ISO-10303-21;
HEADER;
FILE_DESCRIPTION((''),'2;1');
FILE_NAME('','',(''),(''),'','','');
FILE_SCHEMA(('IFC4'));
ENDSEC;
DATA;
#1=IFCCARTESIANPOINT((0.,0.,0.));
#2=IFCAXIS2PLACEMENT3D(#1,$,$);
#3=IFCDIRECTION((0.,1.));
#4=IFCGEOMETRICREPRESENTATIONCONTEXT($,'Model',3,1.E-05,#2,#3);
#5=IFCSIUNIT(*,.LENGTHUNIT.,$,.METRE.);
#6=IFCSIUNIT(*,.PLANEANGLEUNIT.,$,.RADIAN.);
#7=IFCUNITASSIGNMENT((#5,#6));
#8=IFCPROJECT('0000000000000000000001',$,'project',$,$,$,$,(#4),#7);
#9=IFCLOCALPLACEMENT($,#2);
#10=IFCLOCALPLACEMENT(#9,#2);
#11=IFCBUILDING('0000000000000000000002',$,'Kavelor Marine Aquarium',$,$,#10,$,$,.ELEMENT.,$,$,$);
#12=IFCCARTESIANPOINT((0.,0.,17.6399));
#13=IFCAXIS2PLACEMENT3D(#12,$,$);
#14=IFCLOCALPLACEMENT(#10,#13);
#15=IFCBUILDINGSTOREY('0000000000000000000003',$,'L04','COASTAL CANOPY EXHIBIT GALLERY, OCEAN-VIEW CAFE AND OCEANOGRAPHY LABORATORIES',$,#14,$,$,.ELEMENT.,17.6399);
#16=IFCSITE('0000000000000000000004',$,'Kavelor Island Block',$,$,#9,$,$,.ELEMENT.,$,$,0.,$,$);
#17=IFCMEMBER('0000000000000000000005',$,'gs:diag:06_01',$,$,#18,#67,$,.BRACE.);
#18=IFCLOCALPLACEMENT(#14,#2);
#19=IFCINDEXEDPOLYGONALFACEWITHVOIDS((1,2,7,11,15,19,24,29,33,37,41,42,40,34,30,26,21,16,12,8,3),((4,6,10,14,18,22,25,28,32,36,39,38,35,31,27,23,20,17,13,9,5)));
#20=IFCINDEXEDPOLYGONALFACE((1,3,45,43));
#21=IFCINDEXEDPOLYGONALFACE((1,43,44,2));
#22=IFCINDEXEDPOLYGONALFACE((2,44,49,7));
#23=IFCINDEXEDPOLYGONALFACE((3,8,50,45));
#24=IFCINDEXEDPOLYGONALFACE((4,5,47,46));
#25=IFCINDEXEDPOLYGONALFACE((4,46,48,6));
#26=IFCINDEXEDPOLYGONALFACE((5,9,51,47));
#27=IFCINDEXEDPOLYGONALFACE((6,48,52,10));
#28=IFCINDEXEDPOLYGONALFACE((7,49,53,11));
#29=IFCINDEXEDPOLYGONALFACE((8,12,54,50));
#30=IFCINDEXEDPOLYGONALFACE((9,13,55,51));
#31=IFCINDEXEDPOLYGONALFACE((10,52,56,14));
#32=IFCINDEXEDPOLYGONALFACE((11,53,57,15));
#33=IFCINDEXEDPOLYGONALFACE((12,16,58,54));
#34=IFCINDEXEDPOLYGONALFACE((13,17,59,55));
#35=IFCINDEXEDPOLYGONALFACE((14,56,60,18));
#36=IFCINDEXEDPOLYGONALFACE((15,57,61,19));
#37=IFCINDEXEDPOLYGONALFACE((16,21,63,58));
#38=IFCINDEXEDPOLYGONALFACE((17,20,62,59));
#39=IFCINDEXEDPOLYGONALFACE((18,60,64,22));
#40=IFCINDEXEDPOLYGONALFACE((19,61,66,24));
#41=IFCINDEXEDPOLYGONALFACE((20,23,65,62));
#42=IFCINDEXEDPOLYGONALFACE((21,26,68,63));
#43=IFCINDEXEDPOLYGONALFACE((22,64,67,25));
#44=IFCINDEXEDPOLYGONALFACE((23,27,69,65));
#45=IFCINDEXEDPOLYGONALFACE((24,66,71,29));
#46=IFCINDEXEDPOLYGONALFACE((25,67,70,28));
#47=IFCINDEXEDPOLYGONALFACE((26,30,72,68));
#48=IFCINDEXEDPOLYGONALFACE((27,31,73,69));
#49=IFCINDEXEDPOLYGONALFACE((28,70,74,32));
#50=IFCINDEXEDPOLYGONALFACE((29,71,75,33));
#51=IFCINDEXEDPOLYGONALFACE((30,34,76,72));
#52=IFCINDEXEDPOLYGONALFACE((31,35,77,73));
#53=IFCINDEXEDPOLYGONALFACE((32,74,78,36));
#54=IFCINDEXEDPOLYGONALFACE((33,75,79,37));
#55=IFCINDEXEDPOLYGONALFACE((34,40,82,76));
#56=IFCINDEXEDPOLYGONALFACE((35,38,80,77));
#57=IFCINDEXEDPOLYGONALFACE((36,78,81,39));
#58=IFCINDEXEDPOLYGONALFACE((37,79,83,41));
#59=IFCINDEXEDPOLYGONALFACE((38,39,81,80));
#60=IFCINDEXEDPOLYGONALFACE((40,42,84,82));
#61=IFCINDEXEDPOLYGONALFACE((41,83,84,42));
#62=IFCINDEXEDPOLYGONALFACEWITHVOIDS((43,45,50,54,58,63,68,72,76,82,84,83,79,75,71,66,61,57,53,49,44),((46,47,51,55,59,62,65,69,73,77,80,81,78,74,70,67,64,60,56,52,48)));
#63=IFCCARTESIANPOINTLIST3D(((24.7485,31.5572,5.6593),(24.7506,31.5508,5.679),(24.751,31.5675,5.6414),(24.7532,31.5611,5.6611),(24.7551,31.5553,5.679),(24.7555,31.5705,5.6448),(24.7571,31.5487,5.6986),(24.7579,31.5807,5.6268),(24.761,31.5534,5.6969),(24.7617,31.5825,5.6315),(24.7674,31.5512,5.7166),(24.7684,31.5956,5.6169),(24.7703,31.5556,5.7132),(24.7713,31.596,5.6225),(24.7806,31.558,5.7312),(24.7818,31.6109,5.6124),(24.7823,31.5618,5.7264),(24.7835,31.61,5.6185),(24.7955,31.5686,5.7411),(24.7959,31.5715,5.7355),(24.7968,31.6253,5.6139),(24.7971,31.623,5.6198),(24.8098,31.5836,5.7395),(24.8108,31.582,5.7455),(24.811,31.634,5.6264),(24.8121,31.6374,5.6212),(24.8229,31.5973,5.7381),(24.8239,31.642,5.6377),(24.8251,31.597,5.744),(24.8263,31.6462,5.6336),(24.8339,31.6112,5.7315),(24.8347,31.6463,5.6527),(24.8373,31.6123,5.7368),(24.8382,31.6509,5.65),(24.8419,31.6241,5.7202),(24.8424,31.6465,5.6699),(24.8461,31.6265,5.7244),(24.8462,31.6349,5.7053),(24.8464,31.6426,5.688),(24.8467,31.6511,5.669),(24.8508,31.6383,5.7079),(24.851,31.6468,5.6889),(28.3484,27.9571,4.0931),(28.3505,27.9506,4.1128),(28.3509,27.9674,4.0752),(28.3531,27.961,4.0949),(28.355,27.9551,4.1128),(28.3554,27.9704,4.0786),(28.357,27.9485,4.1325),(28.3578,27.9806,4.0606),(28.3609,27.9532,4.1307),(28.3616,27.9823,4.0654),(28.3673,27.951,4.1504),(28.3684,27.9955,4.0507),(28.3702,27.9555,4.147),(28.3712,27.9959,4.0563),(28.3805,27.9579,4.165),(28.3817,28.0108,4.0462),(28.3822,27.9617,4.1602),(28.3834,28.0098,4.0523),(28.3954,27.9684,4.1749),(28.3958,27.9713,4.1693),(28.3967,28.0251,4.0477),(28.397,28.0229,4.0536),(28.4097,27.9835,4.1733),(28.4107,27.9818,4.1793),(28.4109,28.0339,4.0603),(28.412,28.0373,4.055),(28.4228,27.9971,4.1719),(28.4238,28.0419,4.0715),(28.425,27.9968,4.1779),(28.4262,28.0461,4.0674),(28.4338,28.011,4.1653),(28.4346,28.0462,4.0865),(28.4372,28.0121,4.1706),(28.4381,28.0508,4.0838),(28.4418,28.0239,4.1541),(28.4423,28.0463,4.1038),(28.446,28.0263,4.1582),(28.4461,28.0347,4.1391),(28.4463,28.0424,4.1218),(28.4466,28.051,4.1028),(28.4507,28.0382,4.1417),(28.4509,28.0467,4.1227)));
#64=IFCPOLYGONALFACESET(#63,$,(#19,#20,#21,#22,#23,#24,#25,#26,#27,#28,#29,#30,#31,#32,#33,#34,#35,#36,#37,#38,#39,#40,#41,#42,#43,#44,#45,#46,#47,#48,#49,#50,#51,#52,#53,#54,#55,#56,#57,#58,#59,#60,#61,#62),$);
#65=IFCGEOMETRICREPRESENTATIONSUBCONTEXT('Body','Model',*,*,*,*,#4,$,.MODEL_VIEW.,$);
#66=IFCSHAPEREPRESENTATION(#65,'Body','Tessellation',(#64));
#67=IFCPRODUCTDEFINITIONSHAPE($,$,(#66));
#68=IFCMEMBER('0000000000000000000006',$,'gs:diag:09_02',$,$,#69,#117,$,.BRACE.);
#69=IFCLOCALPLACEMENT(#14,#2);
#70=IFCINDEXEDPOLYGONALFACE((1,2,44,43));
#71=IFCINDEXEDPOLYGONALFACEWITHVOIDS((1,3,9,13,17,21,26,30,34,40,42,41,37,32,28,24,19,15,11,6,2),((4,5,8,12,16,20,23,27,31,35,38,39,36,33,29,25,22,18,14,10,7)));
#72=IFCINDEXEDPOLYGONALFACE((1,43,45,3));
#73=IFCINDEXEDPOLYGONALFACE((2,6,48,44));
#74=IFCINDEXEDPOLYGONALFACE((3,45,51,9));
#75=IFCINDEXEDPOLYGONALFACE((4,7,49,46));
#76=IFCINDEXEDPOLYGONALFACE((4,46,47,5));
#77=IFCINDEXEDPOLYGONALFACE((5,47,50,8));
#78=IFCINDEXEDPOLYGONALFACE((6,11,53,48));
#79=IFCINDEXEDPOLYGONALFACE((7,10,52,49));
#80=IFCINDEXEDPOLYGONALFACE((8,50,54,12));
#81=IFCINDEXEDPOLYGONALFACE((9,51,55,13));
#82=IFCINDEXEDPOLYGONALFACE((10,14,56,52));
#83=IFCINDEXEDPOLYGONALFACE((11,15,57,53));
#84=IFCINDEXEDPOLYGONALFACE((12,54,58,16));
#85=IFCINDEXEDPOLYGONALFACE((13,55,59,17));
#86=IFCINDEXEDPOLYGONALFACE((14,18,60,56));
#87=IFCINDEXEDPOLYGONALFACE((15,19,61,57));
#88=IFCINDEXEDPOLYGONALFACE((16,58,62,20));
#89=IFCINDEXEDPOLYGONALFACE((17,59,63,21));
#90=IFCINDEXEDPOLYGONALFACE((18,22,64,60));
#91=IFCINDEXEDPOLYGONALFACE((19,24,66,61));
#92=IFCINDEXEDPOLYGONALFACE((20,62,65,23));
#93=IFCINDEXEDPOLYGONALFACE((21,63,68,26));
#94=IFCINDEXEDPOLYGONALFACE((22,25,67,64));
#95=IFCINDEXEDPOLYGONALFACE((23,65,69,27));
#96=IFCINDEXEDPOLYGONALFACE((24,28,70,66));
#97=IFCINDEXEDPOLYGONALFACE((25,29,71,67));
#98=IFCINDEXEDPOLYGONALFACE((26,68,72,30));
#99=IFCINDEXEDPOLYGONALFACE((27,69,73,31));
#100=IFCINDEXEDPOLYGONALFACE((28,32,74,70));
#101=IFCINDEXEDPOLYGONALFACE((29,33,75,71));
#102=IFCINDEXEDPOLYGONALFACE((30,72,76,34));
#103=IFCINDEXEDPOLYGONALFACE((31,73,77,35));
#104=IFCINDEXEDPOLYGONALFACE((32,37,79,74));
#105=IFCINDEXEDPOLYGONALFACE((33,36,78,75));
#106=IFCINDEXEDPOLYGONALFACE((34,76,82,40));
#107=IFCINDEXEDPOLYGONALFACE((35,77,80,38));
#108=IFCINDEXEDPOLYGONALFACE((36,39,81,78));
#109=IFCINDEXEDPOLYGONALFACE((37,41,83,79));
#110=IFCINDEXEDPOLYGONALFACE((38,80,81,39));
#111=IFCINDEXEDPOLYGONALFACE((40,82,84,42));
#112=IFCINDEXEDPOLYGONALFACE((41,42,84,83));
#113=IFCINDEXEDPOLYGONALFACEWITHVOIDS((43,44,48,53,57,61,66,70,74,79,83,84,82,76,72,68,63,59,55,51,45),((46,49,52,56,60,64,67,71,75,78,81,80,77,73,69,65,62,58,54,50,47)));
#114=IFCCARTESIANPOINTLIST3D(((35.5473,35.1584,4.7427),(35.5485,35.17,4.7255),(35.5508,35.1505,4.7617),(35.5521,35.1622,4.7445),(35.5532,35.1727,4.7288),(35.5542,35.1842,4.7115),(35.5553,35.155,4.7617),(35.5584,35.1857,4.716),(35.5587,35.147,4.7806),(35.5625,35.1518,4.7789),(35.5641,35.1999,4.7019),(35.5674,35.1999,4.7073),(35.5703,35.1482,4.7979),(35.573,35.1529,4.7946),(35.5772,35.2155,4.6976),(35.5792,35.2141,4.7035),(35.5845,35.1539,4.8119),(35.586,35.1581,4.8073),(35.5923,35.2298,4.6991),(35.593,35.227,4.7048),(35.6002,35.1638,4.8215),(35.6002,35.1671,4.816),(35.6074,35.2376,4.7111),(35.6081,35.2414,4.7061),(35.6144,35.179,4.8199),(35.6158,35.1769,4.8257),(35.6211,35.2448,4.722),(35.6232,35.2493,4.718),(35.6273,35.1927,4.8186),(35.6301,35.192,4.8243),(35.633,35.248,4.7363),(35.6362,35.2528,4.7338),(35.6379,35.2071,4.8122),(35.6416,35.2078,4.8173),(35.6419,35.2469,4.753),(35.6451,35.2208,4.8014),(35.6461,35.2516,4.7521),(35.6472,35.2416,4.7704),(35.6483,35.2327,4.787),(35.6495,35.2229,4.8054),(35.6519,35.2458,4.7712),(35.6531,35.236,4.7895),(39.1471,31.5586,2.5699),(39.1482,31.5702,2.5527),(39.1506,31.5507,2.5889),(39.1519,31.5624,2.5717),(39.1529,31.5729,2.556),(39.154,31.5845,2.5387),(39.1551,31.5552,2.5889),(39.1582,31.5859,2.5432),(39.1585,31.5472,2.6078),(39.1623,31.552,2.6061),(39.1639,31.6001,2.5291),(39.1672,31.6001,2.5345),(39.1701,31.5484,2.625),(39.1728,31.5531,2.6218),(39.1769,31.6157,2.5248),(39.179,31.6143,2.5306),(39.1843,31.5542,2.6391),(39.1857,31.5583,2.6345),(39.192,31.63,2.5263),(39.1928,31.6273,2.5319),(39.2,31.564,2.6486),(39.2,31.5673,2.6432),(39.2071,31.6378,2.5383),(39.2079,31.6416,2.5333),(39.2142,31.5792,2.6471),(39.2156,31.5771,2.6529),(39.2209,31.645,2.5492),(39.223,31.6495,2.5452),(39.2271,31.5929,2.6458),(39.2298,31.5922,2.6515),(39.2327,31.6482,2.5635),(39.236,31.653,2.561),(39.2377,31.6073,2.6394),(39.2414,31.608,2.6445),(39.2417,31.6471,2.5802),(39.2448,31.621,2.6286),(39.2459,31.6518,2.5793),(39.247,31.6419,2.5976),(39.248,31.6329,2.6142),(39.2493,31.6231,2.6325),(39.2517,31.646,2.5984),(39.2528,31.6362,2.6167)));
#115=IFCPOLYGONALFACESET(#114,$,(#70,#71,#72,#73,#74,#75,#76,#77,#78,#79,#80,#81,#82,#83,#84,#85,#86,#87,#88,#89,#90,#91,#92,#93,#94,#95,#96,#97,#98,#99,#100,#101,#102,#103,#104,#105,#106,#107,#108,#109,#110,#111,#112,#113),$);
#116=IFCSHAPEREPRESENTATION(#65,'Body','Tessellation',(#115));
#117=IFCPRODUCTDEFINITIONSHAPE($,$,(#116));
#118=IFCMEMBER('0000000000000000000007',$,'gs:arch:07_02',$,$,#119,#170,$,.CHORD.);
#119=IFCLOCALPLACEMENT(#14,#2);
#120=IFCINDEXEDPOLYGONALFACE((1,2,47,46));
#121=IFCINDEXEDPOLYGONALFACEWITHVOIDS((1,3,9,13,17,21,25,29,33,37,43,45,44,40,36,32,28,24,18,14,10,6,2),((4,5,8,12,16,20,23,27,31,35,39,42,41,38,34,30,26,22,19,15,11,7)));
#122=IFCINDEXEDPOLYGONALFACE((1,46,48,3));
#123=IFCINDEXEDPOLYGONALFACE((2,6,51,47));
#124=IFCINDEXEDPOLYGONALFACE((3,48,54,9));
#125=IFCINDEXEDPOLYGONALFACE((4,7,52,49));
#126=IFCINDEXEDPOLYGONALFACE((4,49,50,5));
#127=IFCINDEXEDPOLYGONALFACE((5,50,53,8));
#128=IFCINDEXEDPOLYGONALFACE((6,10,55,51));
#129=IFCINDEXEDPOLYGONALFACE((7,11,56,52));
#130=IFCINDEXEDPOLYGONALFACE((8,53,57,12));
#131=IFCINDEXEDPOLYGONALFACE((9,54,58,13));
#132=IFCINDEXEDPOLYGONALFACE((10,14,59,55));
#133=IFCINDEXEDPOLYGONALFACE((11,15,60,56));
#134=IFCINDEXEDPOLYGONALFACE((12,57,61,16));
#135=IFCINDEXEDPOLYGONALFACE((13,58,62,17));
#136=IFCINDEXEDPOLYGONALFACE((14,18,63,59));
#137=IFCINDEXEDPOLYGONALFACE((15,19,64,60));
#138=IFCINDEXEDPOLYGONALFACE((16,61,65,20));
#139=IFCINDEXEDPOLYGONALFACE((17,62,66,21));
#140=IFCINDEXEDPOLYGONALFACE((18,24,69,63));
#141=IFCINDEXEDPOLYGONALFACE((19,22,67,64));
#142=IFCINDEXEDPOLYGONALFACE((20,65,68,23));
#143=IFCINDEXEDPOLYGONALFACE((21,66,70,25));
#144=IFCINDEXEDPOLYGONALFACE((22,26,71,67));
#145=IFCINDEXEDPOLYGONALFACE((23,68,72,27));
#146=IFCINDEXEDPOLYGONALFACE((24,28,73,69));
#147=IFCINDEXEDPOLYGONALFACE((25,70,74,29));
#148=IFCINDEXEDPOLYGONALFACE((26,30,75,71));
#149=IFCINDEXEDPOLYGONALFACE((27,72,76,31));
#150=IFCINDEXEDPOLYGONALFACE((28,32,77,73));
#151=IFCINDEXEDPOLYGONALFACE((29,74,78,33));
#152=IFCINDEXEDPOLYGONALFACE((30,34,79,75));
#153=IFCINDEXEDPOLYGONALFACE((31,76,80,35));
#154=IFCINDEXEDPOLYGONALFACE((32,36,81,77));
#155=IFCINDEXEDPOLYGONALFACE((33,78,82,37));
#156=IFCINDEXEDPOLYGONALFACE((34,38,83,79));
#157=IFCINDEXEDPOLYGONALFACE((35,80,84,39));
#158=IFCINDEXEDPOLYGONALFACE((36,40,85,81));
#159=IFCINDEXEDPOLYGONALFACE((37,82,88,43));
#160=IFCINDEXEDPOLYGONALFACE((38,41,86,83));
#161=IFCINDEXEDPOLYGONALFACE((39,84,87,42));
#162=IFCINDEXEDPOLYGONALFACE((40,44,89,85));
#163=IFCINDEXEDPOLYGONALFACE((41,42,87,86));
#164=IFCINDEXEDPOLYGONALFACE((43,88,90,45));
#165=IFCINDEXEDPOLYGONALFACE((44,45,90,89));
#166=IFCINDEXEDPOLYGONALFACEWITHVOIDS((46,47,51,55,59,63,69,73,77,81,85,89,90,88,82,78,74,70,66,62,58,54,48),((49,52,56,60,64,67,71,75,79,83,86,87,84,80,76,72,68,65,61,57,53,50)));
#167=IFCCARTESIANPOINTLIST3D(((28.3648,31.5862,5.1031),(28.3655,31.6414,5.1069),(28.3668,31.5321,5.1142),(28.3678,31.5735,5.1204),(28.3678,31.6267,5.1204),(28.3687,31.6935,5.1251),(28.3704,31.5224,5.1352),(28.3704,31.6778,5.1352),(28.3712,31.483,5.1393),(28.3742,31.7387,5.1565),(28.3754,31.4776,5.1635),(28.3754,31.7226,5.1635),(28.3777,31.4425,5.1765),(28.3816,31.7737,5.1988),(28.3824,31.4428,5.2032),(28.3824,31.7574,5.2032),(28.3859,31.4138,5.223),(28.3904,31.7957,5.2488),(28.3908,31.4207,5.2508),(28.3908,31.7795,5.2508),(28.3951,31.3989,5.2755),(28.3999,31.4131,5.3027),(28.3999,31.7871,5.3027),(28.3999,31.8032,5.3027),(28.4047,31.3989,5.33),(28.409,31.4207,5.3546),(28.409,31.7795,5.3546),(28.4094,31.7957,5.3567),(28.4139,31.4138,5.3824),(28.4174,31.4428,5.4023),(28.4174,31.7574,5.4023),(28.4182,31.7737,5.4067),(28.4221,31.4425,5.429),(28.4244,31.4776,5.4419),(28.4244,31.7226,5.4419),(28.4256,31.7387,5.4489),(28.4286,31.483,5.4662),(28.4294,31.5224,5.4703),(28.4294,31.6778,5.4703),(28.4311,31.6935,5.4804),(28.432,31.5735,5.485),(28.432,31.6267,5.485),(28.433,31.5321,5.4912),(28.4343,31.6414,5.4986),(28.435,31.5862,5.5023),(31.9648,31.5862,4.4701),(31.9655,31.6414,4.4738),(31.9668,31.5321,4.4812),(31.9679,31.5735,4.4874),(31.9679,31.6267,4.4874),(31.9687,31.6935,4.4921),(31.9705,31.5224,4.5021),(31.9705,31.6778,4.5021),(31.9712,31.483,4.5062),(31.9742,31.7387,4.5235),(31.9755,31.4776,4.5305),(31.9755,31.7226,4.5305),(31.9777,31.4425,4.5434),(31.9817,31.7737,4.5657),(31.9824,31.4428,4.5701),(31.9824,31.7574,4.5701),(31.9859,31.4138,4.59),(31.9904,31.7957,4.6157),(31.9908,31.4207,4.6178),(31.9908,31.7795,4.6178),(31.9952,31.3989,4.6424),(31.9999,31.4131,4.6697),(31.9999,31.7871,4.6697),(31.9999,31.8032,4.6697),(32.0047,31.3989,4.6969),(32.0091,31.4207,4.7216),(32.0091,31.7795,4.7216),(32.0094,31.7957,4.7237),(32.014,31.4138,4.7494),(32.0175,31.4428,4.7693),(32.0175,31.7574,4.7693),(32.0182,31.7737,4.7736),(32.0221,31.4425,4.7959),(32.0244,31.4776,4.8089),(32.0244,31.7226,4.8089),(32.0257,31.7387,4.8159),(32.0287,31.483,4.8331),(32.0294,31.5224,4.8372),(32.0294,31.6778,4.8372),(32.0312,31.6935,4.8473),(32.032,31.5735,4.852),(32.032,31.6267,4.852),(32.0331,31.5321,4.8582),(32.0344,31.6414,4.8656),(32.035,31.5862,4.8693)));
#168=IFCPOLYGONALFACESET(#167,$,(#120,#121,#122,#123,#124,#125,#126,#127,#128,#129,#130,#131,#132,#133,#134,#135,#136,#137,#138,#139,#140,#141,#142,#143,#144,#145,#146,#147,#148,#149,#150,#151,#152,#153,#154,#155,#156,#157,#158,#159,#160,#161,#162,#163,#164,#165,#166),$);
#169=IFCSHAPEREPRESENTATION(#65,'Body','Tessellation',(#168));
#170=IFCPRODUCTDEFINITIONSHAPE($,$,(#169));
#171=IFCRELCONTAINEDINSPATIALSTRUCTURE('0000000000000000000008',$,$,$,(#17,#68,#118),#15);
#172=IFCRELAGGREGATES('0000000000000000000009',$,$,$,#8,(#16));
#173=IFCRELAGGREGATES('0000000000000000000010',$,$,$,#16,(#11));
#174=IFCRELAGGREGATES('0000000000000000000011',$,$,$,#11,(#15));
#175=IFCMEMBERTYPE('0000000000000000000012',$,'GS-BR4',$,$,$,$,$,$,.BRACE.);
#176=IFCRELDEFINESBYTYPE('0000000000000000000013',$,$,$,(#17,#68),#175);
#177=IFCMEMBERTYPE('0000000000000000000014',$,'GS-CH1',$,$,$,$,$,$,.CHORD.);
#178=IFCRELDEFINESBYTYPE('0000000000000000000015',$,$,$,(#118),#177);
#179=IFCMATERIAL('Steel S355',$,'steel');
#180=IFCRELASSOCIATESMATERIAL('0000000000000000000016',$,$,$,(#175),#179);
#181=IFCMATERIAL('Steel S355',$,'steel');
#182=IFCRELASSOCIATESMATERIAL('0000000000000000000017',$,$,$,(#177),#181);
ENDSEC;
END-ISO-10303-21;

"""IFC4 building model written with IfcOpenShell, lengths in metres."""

from ifc_helpers import new_model, si_unit, direction, frame, origin, origin_2d, place, context, subcontext, project, spatial, hollow_circle, extrude, material, material_profile, profile_set, type_object, element, save


model = new_model("IFC4")

# Units and contexts
model_context = context("Model", 3, precision=1e-05, world=origin(), true_north=direction((0.0, 1.0)))
body_context = subcontext(model_context, "Body", "Model", "MODEL_VIEW")
ifc_project = project(units=[si_unit("LENGTHUNIT", "METRE"), si_unit("PLANEANGLEUNIT", "RADIAN")], contexts=[model_context])

# Site, building, storey
site_placement = place(None, origin())
site = spatial("IfcSite", under=ifc_project, at=site_placement, Name="Kavelor Island Block", CompositionType="ELEMENT", RefElevation=0.0)
building_placement = place(site_placement, origin())
building = spatial("IfcBuilding", under=site, at=building_placement, Name="Kavelor Marine Aquarium", CompositionType="ELEMENT")
storey_placement = place(building_placement, frame((0.0, 0.0, 17.6399)))
storey = spatial("IfcBuildingStorey", under=building, at=storey_placement, Name="L04", Description="COASTAL CANOPY EXHIBIT GALLERY, OCEAN-VIEW CAFE AND OCEANOGRAPHY LABORATORIES", CompositionType="ELEMENT", Elevation=17.6399)

# Members
ifc_material_1 = material(Name="Steel S355", Category="steel")
ifc_material_profile_1 = material_profile(ifc_material_1, hollow_circle(Radius=0.0698, WallThickness=0.0063, at=origin_2d()), Name="CHS 139.7x6.3")
ifc_profile_set_1 = profile_set([ifc_material_profile_1], Name="Steel S355")
member_type_1 = type_object("IfcMemberType", Name="GS-BR4", PredefinedType="BRACE", material=ifc_profile_set_1)
member_1_placement = place(storey_placement, frame((28.3999, 28.0, 4.1128), z_axis=(-0.675828, 0.675873, 0.294027), x_axis=(-0.707131, -0.707083, 0.0)))
element("IfcMember", 1, at=member_1_placement, inside=storey, type_object=member_type_1, Name="gs:diag:06_01", PredefinedType="BRACE", context=body_context, shape_type="SweptSolid", body=[
    extrude(hollow_circle(Radius=0.0698, WallThickness=0.0063, at=origin_2d()), origin(), (0.0, 0.0, 1.0), 5.3267),
])
member_2_placement = place(storey_placement, frame((39.2, 31.6001, 2.5889), z_axis=(-0.650349, 0.650349, 0.392547), x_axis=(-0.707107, -0.707107, 0.0)))
element("IfcMember", 2, at=member_2_placement, inside=storey, type_object=member_type_1, Name="gs:diag:09_02", PredefinedType="BRACE", context=body_context, shape_type="SweptSolid", body=[
    extrude(hollow_circle(Radius=0.0698, WallThickness=0.0063, at=origin_2d()), origin(), (0.0, 0.0, 1.0), 5.5352),
])
ifc_material_2 = material(Name="Steel S355", Category="steel")
ifc_material_profile_2 = material_profile(ifc_material_2, hollow_circle(Radius=0.2031, WallThickness=0.0161, at=origin_2d()), Name="CHS 406.4x16.0")
ifc_profile_set_2 = profile_set([ifc_material_profile_2], Name="Steel S355")
member_type_2 = type_object("IfcMemberType", Name="GS-CH1", PredefinedType="CHORD", material=ifc_profile_set_2)
member_3_placement = place(storey_placement, frame((28.3999, 31.6001, 5.3027), z_axis=(0.984889, 0.0, -0.173187), x_axis=(0.0, 1.0, 0.0)))
element("IfcMember", 3, at=member_3_placement, inside=storey, type_object=member_type_2, Name="gs:arch:07_02", PredefinedType="CHORD", context=body_context, shape_type="SweptSolid", body=[
    extrude(hollow_circle(Radius=0.2031, WallThickness=0.0161, at=origin_2d()), origin(), (0.0, 0.0, 1.0), 3.6553),
])

save(model, "model.ifc")
